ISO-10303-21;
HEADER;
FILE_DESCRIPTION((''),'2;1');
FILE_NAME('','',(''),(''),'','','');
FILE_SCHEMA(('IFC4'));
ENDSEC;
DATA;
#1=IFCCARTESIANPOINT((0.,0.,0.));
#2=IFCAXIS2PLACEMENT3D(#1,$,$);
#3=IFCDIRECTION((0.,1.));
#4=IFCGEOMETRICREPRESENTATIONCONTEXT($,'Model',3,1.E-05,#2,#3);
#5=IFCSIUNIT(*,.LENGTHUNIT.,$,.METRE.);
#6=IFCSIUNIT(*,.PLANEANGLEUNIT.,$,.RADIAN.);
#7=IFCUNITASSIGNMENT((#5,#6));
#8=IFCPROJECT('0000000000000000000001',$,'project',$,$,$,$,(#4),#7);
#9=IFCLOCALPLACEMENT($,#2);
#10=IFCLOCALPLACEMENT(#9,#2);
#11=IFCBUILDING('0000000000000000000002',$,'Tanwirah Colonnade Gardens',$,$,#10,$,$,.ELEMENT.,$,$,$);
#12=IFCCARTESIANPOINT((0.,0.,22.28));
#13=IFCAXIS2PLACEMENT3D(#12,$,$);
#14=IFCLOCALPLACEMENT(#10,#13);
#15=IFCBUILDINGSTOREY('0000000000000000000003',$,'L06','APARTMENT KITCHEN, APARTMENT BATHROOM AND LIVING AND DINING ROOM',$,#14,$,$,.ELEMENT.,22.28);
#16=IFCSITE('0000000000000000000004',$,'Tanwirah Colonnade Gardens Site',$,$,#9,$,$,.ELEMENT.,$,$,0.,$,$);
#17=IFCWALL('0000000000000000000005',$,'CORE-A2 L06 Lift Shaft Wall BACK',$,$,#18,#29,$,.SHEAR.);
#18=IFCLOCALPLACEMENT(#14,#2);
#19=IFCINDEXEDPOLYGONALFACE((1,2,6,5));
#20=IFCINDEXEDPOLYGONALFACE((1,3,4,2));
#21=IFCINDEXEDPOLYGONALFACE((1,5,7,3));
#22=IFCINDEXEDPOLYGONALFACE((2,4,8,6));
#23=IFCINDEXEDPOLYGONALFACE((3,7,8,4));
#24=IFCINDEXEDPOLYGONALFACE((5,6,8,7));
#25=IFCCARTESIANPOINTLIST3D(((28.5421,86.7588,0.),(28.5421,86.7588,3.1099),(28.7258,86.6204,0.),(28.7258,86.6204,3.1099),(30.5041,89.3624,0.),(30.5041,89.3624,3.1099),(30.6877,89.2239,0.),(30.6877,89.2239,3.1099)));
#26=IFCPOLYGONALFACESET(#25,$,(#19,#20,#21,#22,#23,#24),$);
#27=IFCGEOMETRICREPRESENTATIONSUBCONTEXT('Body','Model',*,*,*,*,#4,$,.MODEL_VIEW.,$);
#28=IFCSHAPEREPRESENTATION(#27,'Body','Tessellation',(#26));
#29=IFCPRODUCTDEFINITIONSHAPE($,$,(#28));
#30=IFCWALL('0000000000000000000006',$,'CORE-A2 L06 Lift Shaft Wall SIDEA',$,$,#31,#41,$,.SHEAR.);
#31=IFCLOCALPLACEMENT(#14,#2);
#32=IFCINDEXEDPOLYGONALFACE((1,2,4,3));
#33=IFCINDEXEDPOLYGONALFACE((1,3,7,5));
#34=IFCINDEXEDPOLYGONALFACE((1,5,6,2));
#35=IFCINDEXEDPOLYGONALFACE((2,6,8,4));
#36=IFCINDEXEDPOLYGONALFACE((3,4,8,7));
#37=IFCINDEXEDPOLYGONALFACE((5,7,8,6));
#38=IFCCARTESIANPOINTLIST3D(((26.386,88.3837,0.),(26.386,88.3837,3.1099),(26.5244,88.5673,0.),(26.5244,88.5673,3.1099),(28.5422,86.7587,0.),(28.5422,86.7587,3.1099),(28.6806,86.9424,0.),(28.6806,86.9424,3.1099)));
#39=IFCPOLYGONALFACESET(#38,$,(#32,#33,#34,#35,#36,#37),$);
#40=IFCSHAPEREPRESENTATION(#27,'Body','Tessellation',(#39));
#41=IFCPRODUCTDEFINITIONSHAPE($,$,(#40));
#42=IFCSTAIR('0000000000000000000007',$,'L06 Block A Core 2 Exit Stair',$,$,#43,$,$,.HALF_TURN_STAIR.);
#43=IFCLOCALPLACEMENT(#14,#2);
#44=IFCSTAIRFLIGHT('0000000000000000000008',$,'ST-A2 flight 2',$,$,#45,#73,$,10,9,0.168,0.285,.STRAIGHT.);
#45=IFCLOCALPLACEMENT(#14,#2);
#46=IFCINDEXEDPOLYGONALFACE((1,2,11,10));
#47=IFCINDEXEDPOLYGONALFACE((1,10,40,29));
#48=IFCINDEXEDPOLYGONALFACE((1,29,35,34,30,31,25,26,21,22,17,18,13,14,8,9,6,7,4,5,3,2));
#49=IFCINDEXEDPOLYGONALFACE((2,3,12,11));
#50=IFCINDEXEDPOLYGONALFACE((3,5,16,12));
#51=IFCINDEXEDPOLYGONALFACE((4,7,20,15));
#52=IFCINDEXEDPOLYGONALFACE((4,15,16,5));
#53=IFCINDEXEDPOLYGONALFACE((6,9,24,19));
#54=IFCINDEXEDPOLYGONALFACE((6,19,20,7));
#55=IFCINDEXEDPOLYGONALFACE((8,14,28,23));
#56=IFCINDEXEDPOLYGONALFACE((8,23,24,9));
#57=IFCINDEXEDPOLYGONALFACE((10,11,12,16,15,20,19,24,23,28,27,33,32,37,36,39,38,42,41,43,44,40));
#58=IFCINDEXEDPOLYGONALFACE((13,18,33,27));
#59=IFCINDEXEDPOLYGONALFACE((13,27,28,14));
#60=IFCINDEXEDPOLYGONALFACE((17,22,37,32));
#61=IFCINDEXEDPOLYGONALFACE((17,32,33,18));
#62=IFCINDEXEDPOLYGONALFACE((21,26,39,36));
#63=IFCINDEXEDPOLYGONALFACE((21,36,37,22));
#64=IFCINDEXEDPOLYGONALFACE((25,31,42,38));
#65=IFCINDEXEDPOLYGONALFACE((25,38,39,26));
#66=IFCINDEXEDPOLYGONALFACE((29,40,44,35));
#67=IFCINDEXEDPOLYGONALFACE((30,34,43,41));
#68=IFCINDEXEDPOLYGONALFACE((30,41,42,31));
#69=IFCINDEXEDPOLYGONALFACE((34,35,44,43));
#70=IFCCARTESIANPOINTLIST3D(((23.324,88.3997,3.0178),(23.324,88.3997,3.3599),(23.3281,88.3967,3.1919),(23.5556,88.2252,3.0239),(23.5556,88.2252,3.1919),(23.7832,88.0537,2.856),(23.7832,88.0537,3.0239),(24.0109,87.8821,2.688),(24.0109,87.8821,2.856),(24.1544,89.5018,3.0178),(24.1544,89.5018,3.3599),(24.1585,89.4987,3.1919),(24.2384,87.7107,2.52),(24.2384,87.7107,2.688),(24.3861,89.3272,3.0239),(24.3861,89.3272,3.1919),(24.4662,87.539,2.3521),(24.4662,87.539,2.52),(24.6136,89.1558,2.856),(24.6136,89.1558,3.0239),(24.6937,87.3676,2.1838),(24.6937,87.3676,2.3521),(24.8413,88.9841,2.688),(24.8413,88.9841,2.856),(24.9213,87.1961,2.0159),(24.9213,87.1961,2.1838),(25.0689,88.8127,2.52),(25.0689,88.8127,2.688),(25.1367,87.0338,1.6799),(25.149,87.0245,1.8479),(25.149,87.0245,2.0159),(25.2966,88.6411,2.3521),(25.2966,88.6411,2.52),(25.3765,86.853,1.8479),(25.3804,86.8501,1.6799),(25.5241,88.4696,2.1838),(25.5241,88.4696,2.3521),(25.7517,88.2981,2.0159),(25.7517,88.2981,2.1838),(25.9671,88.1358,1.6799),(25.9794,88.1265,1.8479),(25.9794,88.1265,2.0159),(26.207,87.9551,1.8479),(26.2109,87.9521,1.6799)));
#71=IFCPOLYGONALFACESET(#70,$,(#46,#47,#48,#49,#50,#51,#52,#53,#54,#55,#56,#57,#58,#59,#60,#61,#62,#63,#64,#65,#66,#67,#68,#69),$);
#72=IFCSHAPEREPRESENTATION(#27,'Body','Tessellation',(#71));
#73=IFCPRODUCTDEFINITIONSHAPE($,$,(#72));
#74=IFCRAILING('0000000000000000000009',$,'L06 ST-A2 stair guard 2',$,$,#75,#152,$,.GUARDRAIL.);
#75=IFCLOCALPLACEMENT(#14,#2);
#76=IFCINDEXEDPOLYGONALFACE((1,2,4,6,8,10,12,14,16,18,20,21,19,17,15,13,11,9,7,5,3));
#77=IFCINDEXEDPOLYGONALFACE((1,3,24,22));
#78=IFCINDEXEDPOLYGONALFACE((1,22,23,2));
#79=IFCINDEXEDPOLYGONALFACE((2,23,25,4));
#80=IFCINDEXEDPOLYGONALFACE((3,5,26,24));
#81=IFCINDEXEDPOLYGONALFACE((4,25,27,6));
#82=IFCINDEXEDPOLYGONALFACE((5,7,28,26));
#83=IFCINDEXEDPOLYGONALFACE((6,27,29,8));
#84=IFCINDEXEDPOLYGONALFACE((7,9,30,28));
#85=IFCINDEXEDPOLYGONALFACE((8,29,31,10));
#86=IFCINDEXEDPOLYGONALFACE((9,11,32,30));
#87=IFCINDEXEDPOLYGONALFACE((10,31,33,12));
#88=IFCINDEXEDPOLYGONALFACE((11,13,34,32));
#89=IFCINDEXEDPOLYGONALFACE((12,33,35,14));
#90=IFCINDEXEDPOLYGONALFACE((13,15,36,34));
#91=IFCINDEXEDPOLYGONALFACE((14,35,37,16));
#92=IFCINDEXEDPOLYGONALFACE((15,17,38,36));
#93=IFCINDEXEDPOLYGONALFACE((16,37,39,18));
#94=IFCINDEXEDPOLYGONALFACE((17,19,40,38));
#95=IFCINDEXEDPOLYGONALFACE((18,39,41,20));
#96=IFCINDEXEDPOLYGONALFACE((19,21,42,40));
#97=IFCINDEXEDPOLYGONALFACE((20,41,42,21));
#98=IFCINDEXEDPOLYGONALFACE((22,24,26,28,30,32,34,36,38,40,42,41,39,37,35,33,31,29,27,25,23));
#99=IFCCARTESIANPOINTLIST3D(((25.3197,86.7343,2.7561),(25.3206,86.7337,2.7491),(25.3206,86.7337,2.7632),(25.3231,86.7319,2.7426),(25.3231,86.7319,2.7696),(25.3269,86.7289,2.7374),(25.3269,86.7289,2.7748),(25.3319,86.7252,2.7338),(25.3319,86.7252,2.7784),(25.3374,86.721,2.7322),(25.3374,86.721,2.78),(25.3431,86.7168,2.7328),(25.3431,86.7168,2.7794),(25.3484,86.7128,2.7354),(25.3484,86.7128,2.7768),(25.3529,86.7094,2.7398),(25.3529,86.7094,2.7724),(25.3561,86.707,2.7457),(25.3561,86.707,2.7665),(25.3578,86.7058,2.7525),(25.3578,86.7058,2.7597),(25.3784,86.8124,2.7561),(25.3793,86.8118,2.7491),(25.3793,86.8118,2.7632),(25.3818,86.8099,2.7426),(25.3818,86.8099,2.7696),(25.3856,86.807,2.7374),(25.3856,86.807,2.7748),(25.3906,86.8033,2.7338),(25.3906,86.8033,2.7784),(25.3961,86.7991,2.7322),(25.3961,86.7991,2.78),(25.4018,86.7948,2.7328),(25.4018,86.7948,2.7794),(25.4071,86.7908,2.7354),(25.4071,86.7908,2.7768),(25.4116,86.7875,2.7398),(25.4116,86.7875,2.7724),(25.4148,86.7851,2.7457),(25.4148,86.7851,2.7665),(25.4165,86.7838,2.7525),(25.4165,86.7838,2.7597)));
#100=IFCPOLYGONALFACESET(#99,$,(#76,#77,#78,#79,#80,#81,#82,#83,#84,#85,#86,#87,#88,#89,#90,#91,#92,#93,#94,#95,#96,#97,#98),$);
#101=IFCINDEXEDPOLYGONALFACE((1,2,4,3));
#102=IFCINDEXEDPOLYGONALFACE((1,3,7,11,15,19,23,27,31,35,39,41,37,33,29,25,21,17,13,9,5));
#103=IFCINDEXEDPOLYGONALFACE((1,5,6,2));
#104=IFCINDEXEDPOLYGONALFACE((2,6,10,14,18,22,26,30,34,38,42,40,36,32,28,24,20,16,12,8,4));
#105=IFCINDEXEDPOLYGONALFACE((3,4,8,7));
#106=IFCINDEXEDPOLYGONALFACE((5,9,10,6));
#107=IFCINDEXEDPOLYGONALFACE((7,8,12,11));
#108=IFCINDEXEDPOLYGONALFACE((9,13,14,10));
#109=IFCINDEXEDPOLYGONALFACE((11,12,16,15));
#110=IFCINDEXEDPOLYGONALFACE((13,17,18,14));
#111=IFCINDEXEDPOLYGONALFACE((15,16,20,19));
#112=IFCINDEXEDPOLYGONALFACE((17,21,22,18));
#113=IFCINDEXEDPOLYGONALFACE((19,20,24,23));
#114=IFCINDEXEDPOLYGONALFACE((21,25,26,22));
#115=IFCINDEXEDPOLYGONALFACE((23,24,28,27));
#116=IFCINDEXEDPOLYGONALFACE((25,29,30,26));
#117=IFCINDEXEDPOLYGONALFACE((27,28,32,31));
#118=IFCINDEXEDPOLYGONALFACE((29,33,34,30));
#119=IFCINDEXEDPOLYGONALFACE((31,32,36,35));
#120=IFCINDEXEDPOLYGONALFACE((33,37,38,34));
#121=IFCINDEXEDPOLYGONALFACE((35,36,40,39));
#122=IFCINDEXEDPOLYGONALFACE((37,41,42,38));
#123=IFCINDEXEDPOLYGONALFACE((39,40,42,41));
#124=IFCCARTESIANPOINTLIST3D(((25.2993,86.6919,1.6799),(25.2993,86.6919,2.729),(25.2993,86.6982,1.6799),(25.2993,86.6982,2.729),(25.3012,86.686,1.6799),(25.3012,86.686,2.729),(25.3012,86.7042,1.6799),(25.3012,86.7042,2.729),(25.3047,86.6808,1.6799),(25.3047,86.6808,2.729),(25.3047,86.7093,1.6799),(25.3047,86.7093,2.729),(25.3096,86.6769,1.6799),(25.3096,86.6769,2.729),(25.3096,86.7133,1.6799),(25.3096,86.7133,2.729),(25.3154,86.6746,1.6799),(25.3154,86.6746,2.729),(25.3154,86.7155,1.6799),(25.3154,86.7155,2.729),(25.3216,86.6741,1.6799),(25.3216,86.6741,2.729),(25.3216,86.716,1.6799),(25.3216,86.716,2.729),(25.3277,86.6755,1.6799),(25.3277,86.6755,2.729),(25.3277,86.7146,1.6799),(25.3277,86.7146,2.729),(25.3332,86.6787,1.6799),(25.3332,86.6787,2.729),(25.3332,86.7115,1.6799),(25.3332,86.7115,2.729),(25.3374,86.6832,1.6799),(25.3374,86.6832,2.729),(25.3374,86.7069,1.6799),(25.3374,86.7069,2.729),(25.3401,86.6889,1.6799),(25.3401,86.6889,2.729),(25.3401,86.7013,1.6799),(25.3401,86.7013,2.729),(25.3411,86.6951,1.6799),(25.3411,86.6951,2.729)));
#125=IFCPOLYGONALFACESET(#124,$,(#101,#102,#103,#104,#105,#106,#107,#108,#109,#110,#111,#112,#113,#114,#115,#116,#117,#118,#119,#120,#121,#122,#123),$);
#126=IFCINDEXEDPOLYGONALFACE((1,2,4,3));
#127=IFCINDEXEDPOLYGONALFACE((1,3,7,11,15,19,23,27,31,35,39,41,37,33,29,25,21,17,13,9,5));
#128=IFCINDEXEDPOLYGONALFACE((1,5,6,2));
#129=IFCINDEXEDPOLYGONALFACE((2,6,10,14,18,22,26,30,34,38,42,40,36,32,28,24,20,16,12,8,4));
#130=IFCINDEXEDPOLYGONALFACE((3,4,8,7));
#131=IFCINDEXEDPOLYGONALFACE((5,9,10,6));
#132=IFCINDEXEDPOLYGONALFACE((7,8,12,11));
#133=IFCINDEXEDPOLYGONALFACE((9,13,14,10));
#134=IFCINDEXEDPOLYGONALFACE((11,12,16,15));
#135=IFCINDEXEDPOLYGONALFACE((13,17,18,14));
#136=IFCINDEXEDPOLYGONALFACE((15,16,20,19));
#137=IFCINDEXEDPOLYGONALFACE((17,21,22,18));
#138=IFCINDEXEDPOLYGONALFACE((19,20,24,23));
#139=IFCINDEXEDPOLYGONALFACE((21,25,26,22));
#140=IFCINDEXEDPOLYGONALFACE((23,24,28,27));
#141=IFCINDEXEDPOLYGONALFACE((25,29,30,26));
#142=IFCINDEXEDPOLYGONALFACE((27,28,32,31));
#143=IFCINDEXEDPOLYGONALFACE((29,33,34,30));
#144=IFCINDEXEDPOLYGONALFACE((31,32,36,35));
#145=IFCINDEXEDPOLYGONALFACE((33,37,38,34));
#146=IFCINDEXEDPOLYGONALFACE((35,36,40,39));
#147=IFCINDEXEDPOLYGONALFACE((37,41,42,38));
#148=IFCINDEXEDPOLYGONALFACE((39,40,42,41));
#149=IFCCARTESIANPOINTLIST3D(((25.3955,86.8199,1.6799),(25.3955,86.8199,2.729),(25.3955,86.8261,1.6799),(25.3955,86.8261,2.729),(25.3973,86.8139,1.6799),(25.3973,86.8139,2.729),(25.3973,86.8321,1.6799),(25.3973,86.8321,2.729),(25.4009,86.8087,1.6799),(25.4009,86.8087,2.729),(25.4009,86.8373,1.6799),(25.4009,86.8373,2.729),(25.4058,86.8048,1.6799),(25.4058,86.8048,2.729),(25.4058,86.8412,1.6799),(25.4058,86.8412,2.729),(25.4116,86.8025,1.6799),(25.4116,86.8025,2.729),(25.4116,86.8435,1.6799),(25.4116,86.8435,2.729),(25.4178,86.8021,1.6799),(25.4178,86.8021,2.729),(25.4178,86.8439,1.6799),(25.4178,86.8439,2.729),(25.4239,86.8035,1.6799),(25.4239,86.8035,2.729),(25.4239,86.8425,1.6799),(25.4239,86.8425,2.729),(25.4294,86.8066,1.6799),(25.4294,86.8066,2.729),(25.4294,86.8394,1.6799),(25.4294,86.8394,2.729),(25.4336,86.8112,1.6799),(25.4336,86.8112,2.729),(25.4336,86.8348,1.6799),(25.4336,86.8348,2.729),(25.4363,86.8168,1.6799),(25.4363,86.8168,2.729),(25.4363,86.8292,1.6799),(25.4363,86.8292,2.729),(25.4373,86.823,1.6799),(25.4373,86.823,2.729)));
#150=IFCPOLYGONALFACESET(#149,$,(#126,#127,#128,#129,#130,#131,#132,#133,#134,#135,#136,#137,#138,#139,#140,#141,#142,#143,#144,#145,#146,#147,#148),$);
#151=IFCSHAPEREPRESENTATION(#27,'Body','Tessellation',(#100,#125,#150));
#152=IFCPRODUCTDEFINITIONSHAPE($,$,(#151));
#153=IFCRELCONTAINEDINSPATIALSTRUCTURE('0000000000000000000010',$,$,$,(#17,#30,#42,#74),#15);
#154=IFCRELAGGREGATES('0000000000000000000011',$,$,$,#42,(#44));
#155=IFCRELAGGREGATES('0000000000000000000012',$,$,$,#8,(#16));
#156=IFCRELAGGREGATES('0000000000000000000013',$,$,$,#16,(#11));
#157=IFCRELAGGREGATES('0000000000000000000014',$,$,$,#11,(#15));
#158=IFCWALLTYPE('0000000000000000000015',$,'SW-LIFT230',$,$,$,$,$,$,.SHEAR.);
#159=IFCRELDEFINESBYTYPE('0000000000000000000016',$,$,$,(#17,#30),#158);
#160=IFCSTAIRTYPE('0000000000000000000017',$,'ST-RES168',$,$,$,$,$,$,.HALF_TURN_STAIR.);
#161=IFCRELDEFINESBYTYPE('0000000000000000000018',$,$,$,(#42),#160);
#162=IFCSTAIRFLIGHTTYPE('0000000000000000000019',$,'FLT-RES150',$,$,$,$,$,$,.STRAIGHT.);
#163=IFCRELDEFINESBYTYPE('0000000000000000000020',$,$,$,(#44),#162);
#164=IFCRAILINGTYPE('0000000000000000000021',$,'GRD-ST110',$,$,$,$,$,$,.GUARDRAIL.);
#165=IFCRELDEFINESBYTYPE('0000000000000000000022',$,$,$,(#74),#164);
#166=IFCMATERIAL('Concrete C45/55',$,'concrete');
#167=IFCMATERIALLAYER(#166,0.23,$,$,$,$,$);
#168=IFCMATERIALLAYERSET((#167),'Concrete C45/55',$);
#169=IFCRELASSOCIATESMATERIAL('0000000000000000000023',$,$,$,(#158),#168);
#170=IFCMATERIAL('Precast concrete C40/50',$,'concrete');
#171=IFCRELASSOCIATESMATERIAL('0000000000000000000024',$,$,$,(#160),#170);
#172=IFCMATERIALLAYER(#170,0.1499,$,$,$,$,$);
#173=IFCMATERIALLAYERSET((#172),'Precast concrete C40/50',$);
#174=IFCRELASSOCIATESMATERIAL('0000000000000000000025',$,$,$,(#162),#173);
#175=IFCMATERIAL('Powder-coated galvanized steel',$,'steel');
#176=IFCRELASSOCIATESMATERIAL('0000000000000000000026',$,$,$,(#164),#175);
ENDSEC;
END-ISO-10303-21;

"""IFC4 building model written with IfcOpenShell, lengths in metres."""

from ifc_helpers import new_model, si_unit, direction, frame, frame_2d, origin, origin_2d, place, context, subcontext, project, spatial, polyline, rectangle, circle, outline, extrude, material, layer, layer_set, type_object, element, aggregate, save


model = new_model("IFC4")

# Units and contexts
model_context = context("Model", 3, precision=1e-05, world=origin(), true_north=direction((0.0, 1.0)))
body_context = subcontext(model_context, "Body", "Model", "MODEL_VIEW")
ifc_project = project(units=[si_unit("LENGTHUNIT", "METRE"), si_unit("PLANEANGLEUNIT", "RADIAN")], contexts=[model_context])

# Site, building, storey
site_placement = place(None, origin())
site = spatial("IfcSite", under=ifc_project, at=site_placement, Name="Tanwirah Colonnade Gardens Site", CompositionType="ELEMENT", RefElevation=0.0)
building_placement = place(site_placement, origin())
building = spatial("IfcBuilding", under=site, at=building_placement, Name="Tanwirah Colonnade Gardens", CompositionType="ELEMENT")
storey_placement = place(building_placement, frame((0.0, 0.0, 22.28)))
storey = spatial("IfcBuildingStorey", under=building, at=storey_placement, Name="L06", Description="APARTMENT KITCHEN, APARTMENT BATHROOM AND LIVING AND DINING ROOM", CompositionType="ELEMENT", Elevation=22.28)

# Shared definitions
ifc_material_1 = material(Name="Precast concrete C40/50", Category="concrete")

# Shared definitions
ifc_material_2 = material(Name="Concrete C45/55", Category="concrete")

# Shared definitions
ifc_layer_1 = layer(ifc_material_2, 0.23)
ifc_layer_set_1 = layer_set([ifc_layer_1], Name="Concrete C45/55")
wall_type_1 = type_object("IfcWallType", Name="SW-LIFT230", PredefinedType="SHEAR", material=ifc_layer_set_1)

# Walls
wall_1_placement = place(storey_placement, frame((28.634, 86.6897, 0.0), z_axis=(0.0, 0.0, 1.0), x_axis=(0.60182, 0.798632, 0.0)))
element("IfcWall", 1, at=wall_1_placement, inside=storey, type_object=wall_type_1, Name="CORE-A2 L06 Lift Shaft Wall BACK", PredefinedType="SHEAR", context=body_context, shape_type="SweptSolid", body=[
    extrude(rectangle(XDim=3.26, YDim=0.23, at=frame_2d((1.6299, 0.0))), origin(), (0.0, 0.0, 1.0), 3.1099),
])
wall_2_placement = place(storey_placement, frame((26.4551, 88.4756, 0.0), z_axis=(0.0, 0.0, 1.0), x_axis=(0.798609, -0.60185, 0.0)))
element("IfcWall", 2, at=wall_2_placement, inside=storey, type_object=wall_type_1, Name="CORE-A2 L06 Lift Shaft Wall SIDEA", PredefinedType="SHEAR", context=body_context, shape_type="SweptSolid", body=[
    extrude(rectangle(XDim=2.7, YDim=0.23, at=frame_2d((1.3501, 0.0))), origin(), (0.0, 0.0, 1.0), 3.1099),
])

# Stair, stair flight
stair_type = type_object("IfcStairType", Name="ST-RES168", PredefinedType="HALF_TURN_STAIR", material=ifc_material_1)
stair_placement = place(storey_placement, origin())
stair = element("IfcStair", 3, at=stair_placement, inside=storey, type_object=stair_type, Name="L06 Block A Core 2 Exit Stair", PredefinedType="HALF_TURN_STAIR")
ifc_layer_2 = layer(ifc_material_1, 0.1499)
ifc_layer_set_2 = layer_set([ifc_layer_2], Name="Precast concrete C40/50")
stair_flight_type = type_object("IfcStairFlightType", Name="FLT-RES150", PredefinedType="STRAIGHT", material=ifc_layer_set_2)
stair_flight_placement = place(storey_placement, frame((25.7917, 87.4041, 1.6799), z_axis=(0.0, 0.0, 1.0), x_axis=(-0.798636, 0.601815, 0.0)))
stair_flight = element("IfcStairFlight", 4, at=stair_flight_placement, type_object=stair_flight_type, Name="ST-A2 flight 2", NumberOfRisers=10, NumberOfTreads=9, PredefinedType="STRAIGHT", RiserHeight=0.168, TreadLength=0.285, context=body_context, shape_type="SweptSolid", body=[
    extrude(outline(polyline([(-0.0049, 0.0), (0.0, 0.168), (0.2849, 0.168), (0.2849, 0.3359), (0.5701, 0.3359), (0.5701, 0.5039), (0.855, 0.5039), (0.855, 0.6721), (1.1399, 0.6721), (1.1399, 0.8401), (1.425, 0.8401), (1.425, 1.0081), (1.71, 1.0081), (1.71, 1.176), (1.9951, 1.176), (1.9951, 1.344), (2.28, 1.344), (2.28, 1.512), (2.5649, 1.512), (2.5701, 1.6799), (2.5701, 1.3379), (0.3003, 0.0), (-0.0049, 0.0)])), frame((0.0, 0.6899, 0.0), z_axis=(0.0, -1.0, 0.0), x_axis=(1.0, 0.0, 0.0)), (0.0, 0.0, 1.0), 1.3799),
])
aggregate(stair, [stair_flight])

# Railing
ifc_material_3 = material(Name="Powder-coated galvanized steel", Category="steel")
railing_type_1 = type_object("IfcRailingType", Name="GRD-ST110", PredefinedType="GUARDRAIL", material=ifc_material_3)
railing_1_placement = place(storey_placement, frame((25.3201, 86.6951, 1.6799)))
element("IfcRailing", 5, at=railing_1_placement, inside=storey, type_object=railing_type_1, Name="L06 ST-A2 stair guard 2", PredefinedType="GUARDRAIL", context=body_context, shape_type="SweptSolid", body=[
    extrude(circle(Radius=0.0239, at=origin_2d()), frame((0.0188, 0.0249, 1.0762), z_axis=(0.600976, 0.799267, 0.0), x_axis=(-0.799267, 0.600976, 0.0)), (0.0, 0.0, 1.0), 0.0977),
    extrude(circle(Radius=0.021, at=origin_2d()), origin(), (0.0, 0.0, 1.0), 1.0491),
    extrude(circle(Radius=0.021, at=origin_2d()), frame((0.0962, 0.1279, 0.0)), (0.0, 0.0, 1.0), 1.0491),
])

save(model, "model.ifc")
